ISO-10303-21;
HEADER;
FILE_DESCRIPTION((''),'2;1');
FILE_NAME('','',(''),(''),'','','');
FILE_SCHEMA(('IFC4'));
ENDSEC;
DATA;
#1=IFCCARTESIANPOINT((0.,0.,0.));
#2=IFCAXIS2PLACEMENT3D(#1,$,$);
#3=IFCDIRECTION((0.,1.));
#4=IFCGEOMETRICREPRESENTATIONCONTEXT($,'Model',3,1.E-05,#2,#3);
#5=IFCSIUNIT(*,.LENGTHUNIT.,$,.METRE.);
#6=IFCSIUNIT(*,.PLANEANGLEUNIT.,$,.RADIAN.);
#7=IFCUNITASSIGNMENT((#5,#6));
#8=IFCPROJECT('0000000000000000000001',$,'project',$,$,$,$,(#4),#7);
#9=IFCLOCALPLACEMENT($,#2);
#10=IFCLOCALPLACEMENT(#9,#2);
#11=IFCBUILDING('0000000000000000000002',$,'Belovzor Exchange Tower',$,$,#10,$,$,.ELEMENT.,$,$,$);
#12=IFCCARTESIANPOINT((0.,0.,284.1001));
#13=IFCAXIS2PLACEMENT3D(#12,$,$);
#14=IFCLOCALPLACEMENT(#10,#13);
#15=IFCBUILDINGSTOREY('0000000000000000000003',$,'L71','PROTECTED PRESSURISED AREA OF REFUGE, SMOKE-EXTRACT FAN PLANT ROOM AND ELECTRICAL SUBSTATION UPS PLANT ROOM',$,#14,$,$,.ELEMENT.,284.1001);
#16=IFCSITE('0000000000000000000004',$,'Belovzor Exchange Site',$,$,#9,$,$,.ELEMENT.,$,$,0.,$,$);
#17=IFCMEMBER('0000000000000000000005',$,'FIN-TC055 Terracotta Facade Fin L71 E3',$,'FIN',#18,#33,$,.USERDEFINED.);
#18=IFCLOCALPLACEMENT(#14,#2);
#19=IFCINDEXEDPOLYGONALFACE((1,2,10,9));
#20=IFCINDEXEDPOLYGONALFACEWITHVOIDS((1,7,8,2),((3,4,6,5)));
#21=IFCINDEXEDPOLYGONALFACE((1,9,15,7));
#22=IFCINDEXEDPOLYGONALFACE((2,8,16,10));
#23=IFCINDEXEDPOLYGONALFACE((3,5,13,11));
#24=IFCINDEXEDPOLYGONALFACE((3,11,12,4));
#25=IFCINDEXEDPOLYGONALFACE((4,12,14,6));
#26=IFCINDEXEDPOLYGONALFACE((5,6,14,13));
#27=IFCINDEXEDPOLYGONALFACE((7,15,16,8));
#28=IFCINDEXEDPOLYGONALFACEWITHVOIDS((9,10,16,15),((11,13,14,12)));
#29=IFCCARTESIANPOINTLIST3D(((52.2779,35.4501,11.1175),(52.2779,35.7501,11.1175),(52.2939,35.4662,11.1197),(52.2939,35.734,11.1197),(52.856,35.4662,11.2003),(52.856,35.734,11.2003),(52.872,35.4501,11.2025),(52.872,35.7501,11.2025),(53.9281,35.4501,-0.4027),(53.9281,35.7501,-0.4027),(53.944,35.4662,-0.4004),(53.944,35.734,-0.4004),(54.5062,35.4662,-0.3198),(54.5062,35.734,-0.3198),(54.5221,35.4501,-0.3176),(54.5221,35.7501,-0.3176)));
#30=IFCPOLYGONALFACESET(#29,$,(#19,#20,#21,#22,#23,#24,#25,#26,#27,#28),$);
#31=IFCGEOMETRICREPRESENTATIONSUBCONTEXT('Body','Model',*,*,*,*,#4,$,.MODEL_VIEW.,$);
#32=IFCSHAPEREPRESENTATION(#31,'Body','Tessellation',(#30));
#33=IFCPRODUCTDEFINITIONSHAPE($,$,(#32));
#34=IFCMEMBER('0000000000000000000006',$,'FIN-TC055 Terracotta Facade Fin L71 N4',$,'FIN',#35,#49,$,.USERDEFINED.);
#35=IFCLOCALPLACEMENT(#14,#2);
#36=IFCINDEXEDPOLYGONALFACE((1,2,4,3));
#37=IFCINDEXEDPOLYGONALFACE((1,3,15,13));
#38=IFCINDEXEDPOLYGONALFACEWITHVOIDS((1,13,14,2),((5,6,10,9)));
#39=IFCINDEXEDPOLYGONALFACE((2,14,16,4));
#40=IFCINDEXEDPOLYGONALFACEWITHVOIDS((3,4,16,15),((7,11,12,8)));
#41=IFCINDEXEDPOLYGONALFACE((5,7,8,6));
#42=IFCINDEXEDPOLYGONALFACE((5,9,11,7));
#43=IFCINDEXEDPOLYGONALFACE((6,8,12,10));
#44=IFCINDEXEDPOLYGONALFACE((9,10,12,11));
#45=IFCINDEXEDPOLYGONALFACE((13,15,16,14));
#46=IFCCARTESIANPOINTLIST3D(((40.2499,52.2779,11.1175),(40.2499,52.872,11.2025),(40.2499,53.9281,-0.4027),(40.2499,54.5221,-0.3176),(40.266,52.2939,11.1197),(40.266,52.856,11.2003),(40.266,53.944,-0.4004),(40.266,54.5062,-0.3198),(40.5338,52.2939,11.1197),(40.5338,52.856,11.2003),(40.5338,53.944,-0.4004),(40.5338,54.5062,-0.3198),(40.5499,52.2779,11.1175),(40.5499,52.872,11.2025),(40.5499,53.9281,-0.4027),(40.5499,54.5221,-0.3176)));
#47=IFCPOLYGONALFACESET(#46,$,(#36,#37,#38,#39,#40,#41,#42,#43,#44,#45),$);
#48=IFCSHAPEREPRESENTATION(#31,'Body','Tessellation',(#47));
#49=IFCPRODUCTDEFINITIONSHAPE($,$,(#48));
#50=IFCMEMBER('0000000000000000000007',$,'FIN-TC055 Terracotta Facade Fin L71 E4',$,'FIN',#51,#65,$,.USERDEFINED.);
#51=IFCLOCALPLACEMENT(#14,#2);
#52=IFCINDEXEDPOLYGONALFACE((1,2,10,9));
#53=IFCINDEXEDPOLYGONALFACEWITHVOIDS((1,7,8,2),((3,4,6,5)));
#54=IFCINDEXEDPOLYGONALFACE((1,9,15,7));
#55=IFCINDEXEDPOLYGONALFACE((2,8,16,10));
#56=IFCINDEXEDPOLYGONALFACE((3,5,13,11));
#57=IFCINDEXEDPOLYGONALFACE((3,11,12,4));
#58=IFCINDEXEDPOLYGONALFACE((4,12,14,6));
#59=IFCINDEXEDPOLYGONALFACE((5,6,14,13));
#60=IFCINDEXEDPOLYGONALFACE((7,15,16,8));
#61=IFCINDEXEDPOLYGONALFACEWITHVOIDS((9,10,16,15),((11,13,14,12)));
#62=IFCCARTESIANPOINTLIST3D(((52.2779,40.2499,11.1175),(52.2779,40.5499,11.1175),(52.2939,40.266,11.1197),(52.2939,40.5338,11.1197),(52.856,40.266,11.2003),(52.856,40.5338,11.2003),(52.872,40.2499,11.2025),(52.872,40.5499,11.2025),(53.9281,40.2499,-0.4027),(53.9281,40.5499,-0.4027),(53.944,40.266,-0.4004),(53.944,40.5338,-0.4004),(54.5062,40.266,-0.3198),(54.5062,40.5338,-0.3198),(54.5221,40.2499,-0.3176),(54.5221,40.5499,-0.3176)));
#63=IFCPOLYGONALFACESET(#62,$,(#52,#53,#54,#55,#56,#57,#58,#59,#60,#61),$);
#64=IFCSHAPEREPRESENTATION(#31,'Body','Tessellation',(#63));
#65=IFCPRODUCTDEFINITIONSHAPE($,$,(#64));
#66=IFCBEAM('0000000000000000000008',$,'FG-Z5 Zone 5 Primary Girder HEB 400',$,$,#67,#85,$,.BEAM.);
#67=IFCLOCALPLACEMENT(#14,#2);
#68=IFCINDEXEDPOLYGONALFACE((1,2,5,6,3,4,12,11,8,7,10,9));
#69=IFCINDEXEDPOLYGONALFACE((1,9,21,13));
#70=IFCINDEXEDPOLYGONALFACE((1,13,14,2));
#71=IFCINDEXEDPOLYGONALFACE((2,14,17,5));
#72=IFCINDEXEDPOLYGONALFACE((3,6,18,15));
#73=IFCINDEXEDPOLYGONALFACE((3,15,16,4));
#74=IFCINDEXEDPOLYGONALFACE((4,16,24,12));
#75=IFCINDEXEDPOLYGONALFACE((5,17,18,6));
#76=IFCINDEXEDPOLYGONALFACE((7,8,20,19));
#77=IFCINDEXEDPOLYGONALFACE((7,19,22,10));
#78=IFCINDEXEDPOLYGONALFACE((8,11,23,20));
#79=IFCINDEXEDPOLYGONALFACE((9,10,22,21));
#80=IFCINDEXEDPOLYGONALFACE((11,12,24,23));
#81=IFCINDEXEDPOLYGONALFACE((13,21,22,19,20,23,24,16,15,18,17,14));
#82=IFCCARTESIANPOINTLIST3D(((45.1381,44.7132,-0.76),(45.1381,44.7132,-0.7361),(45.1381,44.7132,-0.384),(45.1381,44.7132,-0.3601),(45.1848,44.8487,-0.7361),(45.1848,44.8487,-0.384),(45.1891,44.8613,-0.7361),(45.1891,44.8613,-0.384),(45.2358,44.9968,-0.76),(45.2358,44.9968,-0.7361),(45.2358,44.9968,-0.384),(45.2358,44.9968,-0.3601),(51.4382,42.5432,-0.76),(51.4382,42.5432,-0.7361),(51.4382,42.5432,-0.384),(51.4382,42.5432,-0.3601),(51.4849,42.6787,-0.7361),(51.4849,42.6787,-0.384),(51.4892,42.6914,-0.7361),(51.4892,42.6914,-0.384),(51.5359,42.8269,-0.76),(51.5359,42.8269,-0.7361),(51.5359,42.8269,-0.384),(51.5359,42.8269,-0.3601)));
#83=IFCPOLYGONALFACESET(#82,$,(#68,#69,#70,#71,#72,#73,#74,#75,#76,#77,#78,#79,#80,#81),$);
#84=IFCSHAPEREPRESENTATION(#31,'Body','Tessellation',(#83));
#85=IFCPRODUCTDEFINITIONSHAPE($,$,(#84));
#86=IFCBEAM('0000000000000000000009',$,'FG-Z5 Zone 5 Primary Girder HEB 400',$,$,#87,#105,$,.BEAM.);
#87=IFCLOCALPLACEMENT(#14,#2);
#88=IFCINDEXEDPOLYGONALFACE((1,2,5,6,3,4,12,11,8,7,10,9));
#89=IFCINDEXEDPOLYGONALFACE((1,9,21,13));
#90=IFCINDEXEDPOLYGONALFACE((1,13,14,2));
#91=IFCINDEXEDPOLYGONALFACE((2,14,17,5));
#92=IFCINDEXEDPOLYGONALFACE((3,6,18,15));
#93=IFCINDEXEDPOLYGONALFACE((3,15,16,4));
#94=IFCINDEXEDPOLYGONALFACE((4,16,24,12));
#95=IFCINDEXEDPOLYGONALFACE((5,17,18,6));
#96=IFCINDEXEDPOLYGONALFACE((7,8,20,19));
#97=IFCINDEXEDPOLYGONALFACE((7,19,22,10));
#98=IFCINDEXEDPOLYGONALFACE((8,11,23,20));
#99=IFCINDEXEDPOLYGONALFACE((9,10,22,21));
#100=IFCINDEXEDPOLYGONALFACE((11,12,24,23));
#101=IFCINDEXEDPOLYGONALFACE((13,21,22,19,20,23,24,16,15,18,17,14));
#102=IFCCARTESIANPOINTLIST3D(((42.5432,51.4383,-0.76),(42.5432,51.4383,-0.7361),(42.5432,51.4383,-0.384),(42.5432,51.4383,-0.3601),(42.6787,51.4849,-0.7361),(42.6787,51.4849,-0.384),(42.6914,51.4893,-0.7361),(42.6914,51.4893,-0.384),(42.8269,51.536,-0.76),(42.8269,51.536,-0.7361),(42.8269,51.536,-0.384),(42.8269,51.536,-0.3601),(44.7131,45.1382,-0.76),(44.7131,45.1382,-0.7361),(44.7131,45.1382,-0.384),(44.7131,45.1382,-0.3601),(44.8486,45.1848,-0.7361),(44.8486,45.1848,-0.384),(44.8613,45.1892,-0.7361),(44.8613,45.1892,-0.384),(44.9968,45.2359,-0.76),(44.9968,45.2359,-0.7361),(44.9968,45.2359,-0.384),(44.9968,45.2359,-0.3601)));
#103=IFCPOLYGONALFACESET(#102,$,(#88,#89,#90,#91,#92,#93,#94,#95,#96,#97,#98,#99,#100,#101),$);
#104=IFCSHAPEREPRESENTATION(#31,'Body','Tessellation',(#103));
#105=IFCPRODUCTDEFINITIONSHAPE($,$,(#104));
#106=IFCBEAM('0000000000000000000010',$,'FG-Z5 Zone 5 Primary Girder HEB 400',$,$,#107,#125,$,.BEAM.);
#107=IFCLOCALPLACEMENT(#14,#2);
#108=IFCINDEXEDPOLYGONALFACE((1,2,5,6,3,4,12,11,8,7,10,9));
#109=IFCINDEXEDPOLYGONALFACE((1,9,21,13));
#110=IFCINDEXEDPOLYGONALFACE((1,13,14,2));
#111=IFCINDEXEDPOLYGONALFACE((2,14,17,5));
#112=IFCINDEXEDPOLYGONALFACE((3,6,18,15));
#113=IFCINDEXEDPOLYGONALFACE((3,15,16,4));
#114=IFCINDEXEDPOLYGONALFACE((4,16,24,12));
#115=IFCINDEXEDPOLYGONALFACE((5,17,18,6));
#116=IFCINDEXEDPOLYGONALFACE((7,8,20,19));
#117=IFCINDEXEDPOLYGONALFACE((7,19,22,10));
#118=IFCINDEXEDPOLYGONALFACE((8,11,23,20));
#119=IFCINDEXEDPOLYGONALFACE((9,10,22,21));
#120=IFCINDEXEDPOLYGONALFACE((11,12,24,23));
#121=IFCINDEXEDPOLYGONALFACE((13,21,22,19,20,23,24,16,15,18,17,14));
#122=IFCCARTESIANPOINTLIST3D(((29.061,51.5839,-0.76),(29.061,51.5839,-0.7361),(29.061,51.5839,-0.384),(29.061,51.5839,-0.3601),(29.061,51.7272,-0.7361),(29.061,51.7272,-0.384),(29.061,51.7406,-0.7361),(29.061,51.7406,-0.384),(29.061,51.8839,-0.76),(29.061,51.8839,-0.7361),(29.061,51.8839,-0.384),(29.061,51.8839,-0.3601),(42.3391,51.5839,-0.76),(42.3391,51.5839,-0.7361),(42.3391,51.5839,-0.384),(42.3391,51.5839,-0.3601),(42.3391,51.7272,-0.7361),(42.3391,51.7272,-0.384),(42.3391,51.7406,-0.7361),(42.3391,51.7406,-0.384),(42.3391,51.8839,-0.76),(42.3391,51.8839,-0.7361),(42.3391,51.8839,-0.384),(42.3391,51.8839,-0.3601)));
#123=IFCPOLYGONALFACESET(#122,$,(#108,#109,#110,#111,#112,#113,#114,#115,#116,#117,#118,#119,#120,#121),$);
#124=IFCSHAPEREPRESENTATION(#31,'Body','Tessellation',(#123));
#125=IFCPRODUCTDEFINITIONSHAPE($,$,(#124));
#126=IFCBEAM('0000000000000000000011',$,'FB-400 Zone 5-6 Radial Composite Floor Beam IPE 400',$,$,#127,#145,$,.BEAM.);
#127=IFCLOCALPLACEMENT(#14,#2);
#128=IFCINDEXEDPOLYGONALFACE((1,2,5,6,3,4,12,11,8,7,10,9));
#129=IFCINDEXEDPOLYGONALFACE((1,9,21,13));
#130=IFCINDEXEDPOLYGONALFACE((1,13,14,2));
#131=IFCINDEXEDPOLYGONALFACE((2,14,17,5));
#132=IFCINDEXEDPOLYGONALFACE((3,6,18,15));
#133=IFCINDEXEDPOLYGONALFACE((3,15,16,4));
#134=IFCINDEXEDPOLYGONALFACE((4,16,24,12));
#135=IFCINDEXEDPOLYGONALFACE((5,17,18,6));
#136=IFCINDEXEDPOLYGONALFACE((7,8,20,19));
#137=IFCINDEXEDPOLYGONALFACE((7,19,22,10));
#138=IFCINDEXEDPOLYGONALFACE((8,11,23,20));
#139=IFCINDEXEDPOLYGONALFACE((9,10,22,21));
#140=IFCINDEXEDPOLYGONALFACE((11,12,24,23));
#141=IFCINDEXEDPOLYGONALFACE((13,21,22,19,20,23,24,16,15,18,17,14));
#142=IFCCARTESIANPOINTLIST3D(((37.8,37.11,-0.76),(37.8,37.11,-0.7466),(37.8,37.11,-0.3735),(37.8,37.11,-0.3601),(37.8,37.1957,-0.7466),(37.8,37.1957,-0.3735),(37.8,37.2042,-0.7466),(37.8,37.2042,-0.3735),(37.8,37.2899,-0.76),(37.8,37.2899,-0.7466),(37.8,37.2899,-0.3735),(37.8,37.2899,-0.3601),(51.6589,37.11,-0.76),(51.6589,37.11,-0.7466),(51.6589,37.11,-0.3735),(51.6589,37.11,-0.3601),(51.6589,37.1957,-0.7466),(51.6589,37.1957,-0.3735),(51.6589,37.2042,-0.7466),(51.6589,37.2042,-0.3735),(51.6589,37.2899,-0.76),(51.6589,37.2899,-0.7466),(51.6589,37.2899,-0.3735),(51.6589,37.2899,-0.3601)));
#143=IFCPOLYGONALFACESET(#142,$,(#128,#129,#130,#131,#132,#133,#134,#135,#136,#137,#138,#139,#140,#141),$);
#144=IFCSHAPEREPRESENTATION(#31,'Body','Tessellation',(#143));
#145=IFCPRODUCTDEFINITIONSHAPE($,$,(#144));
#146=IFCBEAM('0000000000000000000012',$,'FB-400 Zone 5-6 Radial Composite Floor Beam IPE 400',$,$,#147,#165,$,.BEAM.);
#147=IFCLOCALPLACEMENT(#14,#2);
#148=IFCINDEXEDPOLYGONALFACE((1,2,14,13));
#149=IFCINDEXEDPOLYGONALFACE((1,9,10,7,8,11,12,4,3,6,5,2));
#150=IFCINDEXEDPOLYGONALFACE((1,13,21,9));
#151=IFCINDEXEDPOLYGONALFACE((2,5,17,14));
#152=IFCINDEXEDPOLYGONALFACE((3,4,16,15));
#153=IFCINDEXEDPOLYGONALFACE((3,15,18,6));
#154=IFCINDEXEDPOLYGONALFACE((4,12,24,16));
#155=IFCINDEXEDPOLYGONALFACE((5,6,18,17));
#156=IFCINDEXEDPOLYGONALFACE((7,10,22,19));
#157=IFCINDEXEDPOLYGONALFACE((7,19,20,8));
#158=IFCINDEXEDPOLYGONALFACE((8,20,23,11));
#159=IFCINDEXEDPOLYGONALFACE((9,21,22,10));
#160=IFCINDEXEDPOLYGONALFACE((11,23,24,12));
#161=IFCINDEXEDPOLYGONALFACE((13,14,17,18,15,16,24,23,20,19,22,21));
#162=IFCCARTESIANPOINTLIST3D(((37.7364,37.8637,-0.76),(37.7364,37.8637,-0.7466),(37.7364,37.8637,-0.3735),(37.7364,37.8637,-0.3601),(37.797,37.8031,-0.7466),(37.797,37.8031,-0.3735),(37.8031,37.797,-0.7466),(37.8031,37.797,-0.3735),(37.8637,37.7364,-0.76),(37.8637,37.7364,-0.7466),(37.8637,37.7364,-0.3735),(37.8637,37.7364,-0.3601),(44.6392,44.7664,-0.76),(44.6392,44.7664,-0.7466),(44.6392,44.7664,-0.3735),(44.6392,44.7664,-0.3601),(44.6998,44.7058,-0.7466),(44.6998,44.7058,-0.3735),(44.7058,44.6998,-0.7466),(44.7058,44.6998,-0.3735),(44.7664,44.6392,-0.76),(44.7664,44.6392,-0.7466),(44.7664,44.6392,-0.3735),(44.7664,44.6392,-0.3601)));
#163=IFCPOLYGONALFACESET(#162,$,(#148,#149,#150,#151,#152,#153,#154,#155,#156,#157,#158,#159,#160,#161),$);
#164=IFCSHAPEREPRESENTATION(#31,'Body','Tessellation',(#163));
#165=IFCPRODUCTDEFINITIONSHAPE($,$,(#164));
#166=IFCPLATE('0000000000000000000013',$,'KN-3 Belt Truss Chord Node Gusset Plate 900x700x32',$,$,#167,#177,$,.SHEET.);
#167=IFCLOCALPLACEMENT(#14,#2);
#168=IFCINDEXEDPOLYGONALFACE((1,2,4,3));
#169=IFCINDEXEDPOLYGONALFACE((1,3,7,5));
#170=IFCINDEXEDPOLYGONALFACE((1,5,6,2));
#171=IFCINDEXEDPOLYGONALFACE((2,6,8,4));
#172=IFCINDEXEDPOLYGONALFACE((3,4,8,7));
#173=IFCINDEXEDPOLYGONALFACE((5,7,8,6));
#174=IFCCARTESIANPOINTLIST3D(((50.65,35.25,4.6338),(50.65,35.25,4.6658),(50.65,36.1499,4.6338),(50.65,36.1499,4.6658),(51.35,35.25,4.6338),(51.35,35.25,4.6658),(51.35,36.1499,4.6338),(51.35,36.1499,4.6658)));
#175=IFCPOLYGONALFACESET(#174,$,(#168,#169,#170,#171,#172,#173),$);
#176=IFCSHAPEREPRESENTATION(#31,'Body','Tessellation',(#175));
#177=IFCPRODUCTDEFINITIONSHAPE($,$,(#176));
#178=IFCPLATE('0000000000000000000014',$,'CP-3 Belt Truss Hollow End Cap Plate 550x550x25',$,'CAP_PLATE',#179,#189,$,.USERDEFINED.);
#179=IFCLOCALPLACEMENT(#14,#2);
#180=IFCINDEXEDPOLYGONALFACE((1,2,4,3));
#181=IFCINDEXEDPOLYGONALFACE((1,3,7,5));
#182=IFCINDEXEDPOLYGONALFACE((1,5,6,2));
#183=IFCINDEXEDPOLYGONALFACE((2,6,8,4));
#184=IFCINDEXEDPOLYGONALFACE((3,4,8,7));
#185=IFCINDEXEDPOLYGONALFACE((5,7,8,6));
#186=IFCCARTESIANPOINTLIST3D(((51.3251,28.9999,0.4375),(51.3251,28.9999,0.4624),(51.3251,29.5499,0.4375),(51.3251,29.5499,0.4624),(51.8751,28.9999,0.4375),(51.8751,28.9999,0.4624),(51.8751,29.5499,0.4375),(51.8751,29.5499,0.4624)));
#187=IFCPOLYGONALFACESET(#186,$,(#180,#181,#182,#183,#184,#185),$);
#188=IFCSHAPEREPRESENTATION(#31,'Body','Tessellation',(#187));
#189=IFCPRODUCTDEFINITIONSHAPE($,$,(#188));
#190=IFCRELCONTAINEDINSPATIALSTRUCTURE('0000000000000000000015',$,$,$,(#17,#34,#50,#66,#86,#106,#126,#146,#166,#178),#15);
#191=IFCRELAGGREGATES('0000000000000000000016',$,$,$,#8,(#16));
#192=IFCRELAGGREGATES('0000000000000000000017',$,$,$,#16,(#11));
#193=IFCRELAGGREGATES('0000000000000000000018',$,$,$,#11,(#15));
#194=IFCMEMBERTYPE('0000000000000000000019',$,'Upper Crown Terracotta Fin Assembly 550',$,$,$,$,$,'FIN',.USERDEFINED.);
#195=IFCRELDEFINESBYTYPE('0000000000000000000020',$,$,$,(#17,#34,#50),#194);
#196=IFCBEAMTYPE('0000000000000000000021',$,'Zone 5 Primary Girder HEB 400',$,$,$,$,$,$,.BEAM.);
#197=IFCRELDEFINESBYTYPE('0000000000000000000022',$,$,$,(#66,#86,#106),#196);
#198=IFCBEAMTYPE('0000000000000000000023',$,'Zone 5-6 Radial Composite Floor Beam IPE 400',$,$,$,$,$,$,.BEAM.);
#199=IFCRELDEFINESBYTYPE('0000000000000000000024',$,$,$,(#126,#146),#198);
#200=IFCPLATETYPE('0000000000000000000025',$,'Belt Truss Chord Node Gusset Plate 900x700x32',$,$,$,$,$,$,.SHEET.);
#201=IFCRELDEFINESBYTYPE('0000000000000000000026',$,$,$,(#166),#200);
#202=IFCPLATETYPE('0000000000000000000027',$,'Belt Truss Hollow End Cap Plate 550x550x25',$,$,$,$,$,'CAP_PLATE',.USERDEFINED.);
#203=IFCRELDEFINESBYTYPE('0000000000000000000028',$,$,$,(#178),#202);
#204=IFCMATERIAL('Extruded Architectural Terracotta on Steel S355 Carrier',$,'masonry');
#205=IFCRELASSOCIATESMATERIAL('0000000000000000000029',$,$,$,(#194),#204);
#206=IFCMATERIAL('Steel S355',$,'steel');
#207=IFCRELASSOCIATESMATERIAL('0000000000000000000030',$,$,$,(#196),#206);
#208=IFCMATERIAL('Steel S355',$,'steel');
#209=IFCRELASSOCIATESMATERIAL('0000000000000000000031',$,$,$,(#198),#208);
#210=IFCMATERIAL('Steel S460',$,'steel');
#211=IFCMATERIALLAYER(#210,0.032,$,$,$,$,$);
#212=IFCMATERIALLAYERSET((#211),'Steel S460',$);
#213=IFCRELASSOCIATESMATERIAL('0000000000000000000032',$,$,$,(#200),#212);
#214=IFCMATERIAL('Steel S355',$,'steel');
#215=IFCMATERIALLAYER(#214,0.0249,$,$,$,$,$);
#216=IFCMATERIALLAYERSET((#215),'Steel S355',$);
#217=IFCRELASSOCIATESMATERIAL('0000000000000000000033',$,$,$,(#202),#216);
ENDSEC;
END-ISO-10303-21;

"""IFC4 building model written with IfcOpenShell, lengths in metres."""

from ifc_helpers import new_model, si_unit, direction, frame, origin, origin_2d, place, context, subcontext, project, spatial, rectangle, hollow_rectangle, i_section, extrude, material, layer, layer_set, material_profile, profile_set, type_object, element, save


model = new_model("IFC4")

# Units and contexts
model_context = context("Model", 3, precision=1e-05, world=origin(), true_north=direction((0.0, 1.0)))
body_context = subcontext(model_context, "Body", "Model", "MODEL_VIEW")
ifc_project = project(units=[si_unit("LENGTHUNIT", "METRE"), si_unit("PLANEANGLEUNIT", "RADIAN")], contexts=[model_context])

# Site, building, storey
site_placement = place(None, origin())
site = spatial("IfcSite", under=ifc_project, at=site_placement, Name="Belovzor Exchange Site", CompositionType="ELEMENT", RefElevation=0.0)
building_placement = place(site_placement, origin())
building = spatial("IfcBuilding", under=site, at=building_placement, Name="Belovzor Exchange Tower", CompositionType="ELEMENT")
storey_placement = place(building_placement, frame((0.0, 0.0, 284.1001)))
storey = spatial("IfcBuildingStorey", under=building, at=storey_placement, Name="L71", Description="PROTECTED PRESSURISED AREA OF REFUGE, SMOKE-EXTRACT FAN PLANT ROOM AND ELECTRICAL SUBSTATION UPS PLANT ROOM", CompositionType="ELEMENT", Elevation=284.1001)

# Members
ifc_material_1 = material(Name="Extruded Architectural Terracotta on Steel S355 Carrier", Category="masonry")
ifc_material_profile_1 = material_profile(ifc_material_1, hollow_rectangle(XDim=0.3, YDim=0.6001, WallThickness=0.0161, at=origin_2d()))
ifc_profile_set_1 = profile_set([ifc_material_profile_1], Name="Extruded Architectural Terracotta on Steel S355 Carrier")
member_type_1 = type_object("IfcMemberType", Name="Upper Crown Terracotta Fin Assembly 550", ElementType="FIN", PredefinedType="USERDEFINED", material=ifc_profile_set_1)
for number, where, z_axis, x_axis, name in (
    (1, (54.2251, 35.6001, -0.3601), (-0.141794, 0.0, 0.989896), (0.0, -1.0, 0.0), "FIN-TC055 Terracotta Facade Fin L71 E3"),
    (2, (40.3999, 54.2251, -0.3601), (0.0, -0.141794, 0.989896), (1.0, 0.0, 0.0), "FIN-TC055 Terracotta Facade Fin L71 N4"),
    (3, (54.2251, 40.3999, -0.3601), (-0.141794, 0.0, 0.989896), (0.0, -1.0, 0.0), "FIN-TC055 Terracotta Facade Fin L71 E4"),
):
    element("IfcMember", number, at=place(storey_placement, frame(where, z_axis=z_axis, x_axis=x_axis)), inside=storey, type_object=member_type_1, Name=name, ObjectType="FIN", PredefinedType="USERDEFINED", context=body_context, shape_type="SweptSolid", body=[
        extrude(hollow_rectangle(XDim=0.3, YDim=0.6001, WallThickness=0.0161, at=origin_2d()), origin(), (0.0, 0.0, 1.0), 11.6377),
    ])

# Beams
ifc_material_2 = material(Name="Steel S355", Category="steel")
ifc_material_profile_2 = material_profile(ifc_material_2, i_section(OverallWidth=0.3, OverallDepth=0.3999, WebThickness=0.0134, FlangeThickness=0.0239, at=origin_2d()))
ifc_profile_set_2 = profile_set([ifc_material_profile_2], Name="Steel S355")
beam_type_1 = type_object("IfcBeamType", Name="Zone 5 Primary Girder HEB 400", PredefinedType="BEAM", material=ifc_profile_set_2)
for number, where, z_axis, x_axis, name in (
    (4, (51.4871, 42.6851, -0.5601), (-0.945489, 0.325654, 0.0), (-0.325654, -0.945489, 0.0), "FG-Z5 Zone 5 Primary Girder HEB 400"),
    (5, (44.855, 45.187, -0.5601), (-0.325654, 0.945489, 0.0), (-0.945489, -0.325654, 0.0), "FG-Z5 Zone 5 Primary Girder HEB 400"),
):
    element("IfcBeam", number, at=place(storey_placement, frame(where, z_axis=z_axis, x_axis=x_axis)), inside=storey, type_object=beam_type_1, Name=name, PredefinedType="BEAM", context=body_context, shape_type="SweptSolid", body=[
        extrude(i_section(OverallWidth=0.3, OverallDepth=0.3999, WebThickness=0.0134, FlangeThickness=0.0239, at=origin_2d()), origin(), (0.0, 0.0, 1.0), 6.6633),
    ])
beam_1_placement = place(storey_placement, frame((42.3391, 51.7339, -0.5601), z_axis=(-1.0, 0.0, 0.0), x_axis=(0.0, -1.0, 0.0)))
element("IfcBeam", 6, at=beam_1_placement, inside=storey, type_object=beam_type_1, Name="FG-Z5 Zone 5 Primary Girder HEB 400", PredefinedType="BEAM", context=body_context, shape_type="SweptSolid", body=[
    extrude(i_section(OverallWidth=0.3, OverallDepth=0.3999, WebThickness=0.0134, FlangeThickness=0.0239, at=origin_2d()), origin(), (0.0, 0.0, 1.0), 13.2781),
])
ifc_material_3 = material(Name="Steel S355", Category="steel")
ifc_material_profile_3 = material_profile(ifc_material_3, i_section(OverallWidth=0.1799, OverallDepth=0.3999, WebThickness=0.0085, FlangeThickness=0.0134, at=origin_2d()))
ifc_profile_set_3 = profile_set([ifc_material_profile_3], Name="Steel S355")
beam_type_2 = type_object("IfcBeamType", Name="Zone 5-6 Radial Composite Floor Beam IPE 400", PredefinedType="BEAM", material=ifc_profile_set_3)
beam_2_placement = place(storey_placement, frame((37.8, 37.2, -0.5601), z_axis=(1.0, 0.0, 0.0), x_axis=(0.0, 1.0, 0.0)))
element("IfcBeam", 7, at=beam_2_placement, inside=storey, type_object=beam_type_2, Name="FB-400 Zone 5-6 Radial Composite Floor Beam IPE 400", PredefinedType="BEAM", context=body_context, shape_type="SweptSolid", body=[
    extrude(i_section(OverallWidth=0.1799, OverallDepth=0.3999, WebThickness=0.0085, FlangeThickness=0.0134, at=origin_2d()), origin(), (0.0, 0.0, 1.0), 13.8589),
])
beam_3_placement = place(storey_placement, frame((37.8, 37.8, -0.5601), z_axis=(0.707107, 0.707107, 0.0), x_axis=(-0.707107, 0.707107, 0.0)))
element("IfcBeam", 8, at=beam_3_placement, inside=storey, type_object=beam_type_2, Name="FB-400 Zone 5-6 Radial Composite Floor Beam IPE 400", PredefinedType="BEAM", context=body_context, shape_type="SweptSolid", body=[
    extrude(i_section(OverallWidth=0.1799, OverallDepth=0.3999, WebThickness=0.0085, FlangeThickness=0.0134, at=origin_2d()), origin(), (0.0, 0.0, 1.0), 9.762),
])

# Plates
ifc_material_4 = material(Name="Steel S460", Category="steel")
ifc_layer_1 = layer(ifc_material_4, 0.032)
ifc_layer_set_1 = layer_set([ifc_layer_1], Name="Steel S460")
plate_type_1 = type_object("IfcPlateType", Name="Belt Truss Chord Node Gusset Plate 900x700x32", PredefinedType="SHEET", material=ifc_layer_set_1)
plate_placement = place(storey_placement, frame((51.0, 35.7, 4.6338), z_axis=(0.0, 0.0, 1.0), x_axis=(0.0, 1.0, 0.0)))
element("IfcPlate", 9, at=plate_placement, inside=storey, type_object=plate_type_1, Name="KN-3 Belt Truss Chord Node Gusset Plate 900x700x32", PredefinedType="SHEET", context=body_context, shape_type="SweptSolid", body=[
    extrude(rectangle(XDim=0.8999, YDim=0.7, at=origin_2d()), origin(), (0.0, 0.0, 1.0), 0.032),
])
ifc_material_5 = material(Name="Steel S355", Category="steel")
ifc_layer_2 = layer(ifc_material_5, 0.0249)
ifc_layer_set_2 = layer_set([ifc_layer_2], Name="Steel S355")
plate_type_2 = type_object("IfcPlateType", Name="Belt Truss Hollow End Cap Plate 550x550x25", ElementType="CAP_PLATE", PredefinedType="USERDEFINED", material=ifc_layer_set_2)
for number, where, z_axis, x_axis, name in (
    (10, (51.6001, 29.2749, 0.4375), (0.0, 0.0, 1.0), (0.0, 1.0, 0.0), "CP-3 Belt Truss Hollow End Cap Plate 550x550x25"),
):
    element("IfcPlate", number, at=place(storey_placement, frame(where, z_axis=z_axis, x_axis=x_axis)), inside=storey, type_object=plate_type_2, Name=name, ObjectType="CAP_PLATE", PredefinedType="USERDEFINED", context=body_context, shape_type="SweptSolid", body=[
        extrude(rectangle(XDim=0.55, YDim=0.55, at=origin_2d()), origin(), (0.0, 0.0, 1.0), 0.0249),
    ])

save(model, "model.ifc")
